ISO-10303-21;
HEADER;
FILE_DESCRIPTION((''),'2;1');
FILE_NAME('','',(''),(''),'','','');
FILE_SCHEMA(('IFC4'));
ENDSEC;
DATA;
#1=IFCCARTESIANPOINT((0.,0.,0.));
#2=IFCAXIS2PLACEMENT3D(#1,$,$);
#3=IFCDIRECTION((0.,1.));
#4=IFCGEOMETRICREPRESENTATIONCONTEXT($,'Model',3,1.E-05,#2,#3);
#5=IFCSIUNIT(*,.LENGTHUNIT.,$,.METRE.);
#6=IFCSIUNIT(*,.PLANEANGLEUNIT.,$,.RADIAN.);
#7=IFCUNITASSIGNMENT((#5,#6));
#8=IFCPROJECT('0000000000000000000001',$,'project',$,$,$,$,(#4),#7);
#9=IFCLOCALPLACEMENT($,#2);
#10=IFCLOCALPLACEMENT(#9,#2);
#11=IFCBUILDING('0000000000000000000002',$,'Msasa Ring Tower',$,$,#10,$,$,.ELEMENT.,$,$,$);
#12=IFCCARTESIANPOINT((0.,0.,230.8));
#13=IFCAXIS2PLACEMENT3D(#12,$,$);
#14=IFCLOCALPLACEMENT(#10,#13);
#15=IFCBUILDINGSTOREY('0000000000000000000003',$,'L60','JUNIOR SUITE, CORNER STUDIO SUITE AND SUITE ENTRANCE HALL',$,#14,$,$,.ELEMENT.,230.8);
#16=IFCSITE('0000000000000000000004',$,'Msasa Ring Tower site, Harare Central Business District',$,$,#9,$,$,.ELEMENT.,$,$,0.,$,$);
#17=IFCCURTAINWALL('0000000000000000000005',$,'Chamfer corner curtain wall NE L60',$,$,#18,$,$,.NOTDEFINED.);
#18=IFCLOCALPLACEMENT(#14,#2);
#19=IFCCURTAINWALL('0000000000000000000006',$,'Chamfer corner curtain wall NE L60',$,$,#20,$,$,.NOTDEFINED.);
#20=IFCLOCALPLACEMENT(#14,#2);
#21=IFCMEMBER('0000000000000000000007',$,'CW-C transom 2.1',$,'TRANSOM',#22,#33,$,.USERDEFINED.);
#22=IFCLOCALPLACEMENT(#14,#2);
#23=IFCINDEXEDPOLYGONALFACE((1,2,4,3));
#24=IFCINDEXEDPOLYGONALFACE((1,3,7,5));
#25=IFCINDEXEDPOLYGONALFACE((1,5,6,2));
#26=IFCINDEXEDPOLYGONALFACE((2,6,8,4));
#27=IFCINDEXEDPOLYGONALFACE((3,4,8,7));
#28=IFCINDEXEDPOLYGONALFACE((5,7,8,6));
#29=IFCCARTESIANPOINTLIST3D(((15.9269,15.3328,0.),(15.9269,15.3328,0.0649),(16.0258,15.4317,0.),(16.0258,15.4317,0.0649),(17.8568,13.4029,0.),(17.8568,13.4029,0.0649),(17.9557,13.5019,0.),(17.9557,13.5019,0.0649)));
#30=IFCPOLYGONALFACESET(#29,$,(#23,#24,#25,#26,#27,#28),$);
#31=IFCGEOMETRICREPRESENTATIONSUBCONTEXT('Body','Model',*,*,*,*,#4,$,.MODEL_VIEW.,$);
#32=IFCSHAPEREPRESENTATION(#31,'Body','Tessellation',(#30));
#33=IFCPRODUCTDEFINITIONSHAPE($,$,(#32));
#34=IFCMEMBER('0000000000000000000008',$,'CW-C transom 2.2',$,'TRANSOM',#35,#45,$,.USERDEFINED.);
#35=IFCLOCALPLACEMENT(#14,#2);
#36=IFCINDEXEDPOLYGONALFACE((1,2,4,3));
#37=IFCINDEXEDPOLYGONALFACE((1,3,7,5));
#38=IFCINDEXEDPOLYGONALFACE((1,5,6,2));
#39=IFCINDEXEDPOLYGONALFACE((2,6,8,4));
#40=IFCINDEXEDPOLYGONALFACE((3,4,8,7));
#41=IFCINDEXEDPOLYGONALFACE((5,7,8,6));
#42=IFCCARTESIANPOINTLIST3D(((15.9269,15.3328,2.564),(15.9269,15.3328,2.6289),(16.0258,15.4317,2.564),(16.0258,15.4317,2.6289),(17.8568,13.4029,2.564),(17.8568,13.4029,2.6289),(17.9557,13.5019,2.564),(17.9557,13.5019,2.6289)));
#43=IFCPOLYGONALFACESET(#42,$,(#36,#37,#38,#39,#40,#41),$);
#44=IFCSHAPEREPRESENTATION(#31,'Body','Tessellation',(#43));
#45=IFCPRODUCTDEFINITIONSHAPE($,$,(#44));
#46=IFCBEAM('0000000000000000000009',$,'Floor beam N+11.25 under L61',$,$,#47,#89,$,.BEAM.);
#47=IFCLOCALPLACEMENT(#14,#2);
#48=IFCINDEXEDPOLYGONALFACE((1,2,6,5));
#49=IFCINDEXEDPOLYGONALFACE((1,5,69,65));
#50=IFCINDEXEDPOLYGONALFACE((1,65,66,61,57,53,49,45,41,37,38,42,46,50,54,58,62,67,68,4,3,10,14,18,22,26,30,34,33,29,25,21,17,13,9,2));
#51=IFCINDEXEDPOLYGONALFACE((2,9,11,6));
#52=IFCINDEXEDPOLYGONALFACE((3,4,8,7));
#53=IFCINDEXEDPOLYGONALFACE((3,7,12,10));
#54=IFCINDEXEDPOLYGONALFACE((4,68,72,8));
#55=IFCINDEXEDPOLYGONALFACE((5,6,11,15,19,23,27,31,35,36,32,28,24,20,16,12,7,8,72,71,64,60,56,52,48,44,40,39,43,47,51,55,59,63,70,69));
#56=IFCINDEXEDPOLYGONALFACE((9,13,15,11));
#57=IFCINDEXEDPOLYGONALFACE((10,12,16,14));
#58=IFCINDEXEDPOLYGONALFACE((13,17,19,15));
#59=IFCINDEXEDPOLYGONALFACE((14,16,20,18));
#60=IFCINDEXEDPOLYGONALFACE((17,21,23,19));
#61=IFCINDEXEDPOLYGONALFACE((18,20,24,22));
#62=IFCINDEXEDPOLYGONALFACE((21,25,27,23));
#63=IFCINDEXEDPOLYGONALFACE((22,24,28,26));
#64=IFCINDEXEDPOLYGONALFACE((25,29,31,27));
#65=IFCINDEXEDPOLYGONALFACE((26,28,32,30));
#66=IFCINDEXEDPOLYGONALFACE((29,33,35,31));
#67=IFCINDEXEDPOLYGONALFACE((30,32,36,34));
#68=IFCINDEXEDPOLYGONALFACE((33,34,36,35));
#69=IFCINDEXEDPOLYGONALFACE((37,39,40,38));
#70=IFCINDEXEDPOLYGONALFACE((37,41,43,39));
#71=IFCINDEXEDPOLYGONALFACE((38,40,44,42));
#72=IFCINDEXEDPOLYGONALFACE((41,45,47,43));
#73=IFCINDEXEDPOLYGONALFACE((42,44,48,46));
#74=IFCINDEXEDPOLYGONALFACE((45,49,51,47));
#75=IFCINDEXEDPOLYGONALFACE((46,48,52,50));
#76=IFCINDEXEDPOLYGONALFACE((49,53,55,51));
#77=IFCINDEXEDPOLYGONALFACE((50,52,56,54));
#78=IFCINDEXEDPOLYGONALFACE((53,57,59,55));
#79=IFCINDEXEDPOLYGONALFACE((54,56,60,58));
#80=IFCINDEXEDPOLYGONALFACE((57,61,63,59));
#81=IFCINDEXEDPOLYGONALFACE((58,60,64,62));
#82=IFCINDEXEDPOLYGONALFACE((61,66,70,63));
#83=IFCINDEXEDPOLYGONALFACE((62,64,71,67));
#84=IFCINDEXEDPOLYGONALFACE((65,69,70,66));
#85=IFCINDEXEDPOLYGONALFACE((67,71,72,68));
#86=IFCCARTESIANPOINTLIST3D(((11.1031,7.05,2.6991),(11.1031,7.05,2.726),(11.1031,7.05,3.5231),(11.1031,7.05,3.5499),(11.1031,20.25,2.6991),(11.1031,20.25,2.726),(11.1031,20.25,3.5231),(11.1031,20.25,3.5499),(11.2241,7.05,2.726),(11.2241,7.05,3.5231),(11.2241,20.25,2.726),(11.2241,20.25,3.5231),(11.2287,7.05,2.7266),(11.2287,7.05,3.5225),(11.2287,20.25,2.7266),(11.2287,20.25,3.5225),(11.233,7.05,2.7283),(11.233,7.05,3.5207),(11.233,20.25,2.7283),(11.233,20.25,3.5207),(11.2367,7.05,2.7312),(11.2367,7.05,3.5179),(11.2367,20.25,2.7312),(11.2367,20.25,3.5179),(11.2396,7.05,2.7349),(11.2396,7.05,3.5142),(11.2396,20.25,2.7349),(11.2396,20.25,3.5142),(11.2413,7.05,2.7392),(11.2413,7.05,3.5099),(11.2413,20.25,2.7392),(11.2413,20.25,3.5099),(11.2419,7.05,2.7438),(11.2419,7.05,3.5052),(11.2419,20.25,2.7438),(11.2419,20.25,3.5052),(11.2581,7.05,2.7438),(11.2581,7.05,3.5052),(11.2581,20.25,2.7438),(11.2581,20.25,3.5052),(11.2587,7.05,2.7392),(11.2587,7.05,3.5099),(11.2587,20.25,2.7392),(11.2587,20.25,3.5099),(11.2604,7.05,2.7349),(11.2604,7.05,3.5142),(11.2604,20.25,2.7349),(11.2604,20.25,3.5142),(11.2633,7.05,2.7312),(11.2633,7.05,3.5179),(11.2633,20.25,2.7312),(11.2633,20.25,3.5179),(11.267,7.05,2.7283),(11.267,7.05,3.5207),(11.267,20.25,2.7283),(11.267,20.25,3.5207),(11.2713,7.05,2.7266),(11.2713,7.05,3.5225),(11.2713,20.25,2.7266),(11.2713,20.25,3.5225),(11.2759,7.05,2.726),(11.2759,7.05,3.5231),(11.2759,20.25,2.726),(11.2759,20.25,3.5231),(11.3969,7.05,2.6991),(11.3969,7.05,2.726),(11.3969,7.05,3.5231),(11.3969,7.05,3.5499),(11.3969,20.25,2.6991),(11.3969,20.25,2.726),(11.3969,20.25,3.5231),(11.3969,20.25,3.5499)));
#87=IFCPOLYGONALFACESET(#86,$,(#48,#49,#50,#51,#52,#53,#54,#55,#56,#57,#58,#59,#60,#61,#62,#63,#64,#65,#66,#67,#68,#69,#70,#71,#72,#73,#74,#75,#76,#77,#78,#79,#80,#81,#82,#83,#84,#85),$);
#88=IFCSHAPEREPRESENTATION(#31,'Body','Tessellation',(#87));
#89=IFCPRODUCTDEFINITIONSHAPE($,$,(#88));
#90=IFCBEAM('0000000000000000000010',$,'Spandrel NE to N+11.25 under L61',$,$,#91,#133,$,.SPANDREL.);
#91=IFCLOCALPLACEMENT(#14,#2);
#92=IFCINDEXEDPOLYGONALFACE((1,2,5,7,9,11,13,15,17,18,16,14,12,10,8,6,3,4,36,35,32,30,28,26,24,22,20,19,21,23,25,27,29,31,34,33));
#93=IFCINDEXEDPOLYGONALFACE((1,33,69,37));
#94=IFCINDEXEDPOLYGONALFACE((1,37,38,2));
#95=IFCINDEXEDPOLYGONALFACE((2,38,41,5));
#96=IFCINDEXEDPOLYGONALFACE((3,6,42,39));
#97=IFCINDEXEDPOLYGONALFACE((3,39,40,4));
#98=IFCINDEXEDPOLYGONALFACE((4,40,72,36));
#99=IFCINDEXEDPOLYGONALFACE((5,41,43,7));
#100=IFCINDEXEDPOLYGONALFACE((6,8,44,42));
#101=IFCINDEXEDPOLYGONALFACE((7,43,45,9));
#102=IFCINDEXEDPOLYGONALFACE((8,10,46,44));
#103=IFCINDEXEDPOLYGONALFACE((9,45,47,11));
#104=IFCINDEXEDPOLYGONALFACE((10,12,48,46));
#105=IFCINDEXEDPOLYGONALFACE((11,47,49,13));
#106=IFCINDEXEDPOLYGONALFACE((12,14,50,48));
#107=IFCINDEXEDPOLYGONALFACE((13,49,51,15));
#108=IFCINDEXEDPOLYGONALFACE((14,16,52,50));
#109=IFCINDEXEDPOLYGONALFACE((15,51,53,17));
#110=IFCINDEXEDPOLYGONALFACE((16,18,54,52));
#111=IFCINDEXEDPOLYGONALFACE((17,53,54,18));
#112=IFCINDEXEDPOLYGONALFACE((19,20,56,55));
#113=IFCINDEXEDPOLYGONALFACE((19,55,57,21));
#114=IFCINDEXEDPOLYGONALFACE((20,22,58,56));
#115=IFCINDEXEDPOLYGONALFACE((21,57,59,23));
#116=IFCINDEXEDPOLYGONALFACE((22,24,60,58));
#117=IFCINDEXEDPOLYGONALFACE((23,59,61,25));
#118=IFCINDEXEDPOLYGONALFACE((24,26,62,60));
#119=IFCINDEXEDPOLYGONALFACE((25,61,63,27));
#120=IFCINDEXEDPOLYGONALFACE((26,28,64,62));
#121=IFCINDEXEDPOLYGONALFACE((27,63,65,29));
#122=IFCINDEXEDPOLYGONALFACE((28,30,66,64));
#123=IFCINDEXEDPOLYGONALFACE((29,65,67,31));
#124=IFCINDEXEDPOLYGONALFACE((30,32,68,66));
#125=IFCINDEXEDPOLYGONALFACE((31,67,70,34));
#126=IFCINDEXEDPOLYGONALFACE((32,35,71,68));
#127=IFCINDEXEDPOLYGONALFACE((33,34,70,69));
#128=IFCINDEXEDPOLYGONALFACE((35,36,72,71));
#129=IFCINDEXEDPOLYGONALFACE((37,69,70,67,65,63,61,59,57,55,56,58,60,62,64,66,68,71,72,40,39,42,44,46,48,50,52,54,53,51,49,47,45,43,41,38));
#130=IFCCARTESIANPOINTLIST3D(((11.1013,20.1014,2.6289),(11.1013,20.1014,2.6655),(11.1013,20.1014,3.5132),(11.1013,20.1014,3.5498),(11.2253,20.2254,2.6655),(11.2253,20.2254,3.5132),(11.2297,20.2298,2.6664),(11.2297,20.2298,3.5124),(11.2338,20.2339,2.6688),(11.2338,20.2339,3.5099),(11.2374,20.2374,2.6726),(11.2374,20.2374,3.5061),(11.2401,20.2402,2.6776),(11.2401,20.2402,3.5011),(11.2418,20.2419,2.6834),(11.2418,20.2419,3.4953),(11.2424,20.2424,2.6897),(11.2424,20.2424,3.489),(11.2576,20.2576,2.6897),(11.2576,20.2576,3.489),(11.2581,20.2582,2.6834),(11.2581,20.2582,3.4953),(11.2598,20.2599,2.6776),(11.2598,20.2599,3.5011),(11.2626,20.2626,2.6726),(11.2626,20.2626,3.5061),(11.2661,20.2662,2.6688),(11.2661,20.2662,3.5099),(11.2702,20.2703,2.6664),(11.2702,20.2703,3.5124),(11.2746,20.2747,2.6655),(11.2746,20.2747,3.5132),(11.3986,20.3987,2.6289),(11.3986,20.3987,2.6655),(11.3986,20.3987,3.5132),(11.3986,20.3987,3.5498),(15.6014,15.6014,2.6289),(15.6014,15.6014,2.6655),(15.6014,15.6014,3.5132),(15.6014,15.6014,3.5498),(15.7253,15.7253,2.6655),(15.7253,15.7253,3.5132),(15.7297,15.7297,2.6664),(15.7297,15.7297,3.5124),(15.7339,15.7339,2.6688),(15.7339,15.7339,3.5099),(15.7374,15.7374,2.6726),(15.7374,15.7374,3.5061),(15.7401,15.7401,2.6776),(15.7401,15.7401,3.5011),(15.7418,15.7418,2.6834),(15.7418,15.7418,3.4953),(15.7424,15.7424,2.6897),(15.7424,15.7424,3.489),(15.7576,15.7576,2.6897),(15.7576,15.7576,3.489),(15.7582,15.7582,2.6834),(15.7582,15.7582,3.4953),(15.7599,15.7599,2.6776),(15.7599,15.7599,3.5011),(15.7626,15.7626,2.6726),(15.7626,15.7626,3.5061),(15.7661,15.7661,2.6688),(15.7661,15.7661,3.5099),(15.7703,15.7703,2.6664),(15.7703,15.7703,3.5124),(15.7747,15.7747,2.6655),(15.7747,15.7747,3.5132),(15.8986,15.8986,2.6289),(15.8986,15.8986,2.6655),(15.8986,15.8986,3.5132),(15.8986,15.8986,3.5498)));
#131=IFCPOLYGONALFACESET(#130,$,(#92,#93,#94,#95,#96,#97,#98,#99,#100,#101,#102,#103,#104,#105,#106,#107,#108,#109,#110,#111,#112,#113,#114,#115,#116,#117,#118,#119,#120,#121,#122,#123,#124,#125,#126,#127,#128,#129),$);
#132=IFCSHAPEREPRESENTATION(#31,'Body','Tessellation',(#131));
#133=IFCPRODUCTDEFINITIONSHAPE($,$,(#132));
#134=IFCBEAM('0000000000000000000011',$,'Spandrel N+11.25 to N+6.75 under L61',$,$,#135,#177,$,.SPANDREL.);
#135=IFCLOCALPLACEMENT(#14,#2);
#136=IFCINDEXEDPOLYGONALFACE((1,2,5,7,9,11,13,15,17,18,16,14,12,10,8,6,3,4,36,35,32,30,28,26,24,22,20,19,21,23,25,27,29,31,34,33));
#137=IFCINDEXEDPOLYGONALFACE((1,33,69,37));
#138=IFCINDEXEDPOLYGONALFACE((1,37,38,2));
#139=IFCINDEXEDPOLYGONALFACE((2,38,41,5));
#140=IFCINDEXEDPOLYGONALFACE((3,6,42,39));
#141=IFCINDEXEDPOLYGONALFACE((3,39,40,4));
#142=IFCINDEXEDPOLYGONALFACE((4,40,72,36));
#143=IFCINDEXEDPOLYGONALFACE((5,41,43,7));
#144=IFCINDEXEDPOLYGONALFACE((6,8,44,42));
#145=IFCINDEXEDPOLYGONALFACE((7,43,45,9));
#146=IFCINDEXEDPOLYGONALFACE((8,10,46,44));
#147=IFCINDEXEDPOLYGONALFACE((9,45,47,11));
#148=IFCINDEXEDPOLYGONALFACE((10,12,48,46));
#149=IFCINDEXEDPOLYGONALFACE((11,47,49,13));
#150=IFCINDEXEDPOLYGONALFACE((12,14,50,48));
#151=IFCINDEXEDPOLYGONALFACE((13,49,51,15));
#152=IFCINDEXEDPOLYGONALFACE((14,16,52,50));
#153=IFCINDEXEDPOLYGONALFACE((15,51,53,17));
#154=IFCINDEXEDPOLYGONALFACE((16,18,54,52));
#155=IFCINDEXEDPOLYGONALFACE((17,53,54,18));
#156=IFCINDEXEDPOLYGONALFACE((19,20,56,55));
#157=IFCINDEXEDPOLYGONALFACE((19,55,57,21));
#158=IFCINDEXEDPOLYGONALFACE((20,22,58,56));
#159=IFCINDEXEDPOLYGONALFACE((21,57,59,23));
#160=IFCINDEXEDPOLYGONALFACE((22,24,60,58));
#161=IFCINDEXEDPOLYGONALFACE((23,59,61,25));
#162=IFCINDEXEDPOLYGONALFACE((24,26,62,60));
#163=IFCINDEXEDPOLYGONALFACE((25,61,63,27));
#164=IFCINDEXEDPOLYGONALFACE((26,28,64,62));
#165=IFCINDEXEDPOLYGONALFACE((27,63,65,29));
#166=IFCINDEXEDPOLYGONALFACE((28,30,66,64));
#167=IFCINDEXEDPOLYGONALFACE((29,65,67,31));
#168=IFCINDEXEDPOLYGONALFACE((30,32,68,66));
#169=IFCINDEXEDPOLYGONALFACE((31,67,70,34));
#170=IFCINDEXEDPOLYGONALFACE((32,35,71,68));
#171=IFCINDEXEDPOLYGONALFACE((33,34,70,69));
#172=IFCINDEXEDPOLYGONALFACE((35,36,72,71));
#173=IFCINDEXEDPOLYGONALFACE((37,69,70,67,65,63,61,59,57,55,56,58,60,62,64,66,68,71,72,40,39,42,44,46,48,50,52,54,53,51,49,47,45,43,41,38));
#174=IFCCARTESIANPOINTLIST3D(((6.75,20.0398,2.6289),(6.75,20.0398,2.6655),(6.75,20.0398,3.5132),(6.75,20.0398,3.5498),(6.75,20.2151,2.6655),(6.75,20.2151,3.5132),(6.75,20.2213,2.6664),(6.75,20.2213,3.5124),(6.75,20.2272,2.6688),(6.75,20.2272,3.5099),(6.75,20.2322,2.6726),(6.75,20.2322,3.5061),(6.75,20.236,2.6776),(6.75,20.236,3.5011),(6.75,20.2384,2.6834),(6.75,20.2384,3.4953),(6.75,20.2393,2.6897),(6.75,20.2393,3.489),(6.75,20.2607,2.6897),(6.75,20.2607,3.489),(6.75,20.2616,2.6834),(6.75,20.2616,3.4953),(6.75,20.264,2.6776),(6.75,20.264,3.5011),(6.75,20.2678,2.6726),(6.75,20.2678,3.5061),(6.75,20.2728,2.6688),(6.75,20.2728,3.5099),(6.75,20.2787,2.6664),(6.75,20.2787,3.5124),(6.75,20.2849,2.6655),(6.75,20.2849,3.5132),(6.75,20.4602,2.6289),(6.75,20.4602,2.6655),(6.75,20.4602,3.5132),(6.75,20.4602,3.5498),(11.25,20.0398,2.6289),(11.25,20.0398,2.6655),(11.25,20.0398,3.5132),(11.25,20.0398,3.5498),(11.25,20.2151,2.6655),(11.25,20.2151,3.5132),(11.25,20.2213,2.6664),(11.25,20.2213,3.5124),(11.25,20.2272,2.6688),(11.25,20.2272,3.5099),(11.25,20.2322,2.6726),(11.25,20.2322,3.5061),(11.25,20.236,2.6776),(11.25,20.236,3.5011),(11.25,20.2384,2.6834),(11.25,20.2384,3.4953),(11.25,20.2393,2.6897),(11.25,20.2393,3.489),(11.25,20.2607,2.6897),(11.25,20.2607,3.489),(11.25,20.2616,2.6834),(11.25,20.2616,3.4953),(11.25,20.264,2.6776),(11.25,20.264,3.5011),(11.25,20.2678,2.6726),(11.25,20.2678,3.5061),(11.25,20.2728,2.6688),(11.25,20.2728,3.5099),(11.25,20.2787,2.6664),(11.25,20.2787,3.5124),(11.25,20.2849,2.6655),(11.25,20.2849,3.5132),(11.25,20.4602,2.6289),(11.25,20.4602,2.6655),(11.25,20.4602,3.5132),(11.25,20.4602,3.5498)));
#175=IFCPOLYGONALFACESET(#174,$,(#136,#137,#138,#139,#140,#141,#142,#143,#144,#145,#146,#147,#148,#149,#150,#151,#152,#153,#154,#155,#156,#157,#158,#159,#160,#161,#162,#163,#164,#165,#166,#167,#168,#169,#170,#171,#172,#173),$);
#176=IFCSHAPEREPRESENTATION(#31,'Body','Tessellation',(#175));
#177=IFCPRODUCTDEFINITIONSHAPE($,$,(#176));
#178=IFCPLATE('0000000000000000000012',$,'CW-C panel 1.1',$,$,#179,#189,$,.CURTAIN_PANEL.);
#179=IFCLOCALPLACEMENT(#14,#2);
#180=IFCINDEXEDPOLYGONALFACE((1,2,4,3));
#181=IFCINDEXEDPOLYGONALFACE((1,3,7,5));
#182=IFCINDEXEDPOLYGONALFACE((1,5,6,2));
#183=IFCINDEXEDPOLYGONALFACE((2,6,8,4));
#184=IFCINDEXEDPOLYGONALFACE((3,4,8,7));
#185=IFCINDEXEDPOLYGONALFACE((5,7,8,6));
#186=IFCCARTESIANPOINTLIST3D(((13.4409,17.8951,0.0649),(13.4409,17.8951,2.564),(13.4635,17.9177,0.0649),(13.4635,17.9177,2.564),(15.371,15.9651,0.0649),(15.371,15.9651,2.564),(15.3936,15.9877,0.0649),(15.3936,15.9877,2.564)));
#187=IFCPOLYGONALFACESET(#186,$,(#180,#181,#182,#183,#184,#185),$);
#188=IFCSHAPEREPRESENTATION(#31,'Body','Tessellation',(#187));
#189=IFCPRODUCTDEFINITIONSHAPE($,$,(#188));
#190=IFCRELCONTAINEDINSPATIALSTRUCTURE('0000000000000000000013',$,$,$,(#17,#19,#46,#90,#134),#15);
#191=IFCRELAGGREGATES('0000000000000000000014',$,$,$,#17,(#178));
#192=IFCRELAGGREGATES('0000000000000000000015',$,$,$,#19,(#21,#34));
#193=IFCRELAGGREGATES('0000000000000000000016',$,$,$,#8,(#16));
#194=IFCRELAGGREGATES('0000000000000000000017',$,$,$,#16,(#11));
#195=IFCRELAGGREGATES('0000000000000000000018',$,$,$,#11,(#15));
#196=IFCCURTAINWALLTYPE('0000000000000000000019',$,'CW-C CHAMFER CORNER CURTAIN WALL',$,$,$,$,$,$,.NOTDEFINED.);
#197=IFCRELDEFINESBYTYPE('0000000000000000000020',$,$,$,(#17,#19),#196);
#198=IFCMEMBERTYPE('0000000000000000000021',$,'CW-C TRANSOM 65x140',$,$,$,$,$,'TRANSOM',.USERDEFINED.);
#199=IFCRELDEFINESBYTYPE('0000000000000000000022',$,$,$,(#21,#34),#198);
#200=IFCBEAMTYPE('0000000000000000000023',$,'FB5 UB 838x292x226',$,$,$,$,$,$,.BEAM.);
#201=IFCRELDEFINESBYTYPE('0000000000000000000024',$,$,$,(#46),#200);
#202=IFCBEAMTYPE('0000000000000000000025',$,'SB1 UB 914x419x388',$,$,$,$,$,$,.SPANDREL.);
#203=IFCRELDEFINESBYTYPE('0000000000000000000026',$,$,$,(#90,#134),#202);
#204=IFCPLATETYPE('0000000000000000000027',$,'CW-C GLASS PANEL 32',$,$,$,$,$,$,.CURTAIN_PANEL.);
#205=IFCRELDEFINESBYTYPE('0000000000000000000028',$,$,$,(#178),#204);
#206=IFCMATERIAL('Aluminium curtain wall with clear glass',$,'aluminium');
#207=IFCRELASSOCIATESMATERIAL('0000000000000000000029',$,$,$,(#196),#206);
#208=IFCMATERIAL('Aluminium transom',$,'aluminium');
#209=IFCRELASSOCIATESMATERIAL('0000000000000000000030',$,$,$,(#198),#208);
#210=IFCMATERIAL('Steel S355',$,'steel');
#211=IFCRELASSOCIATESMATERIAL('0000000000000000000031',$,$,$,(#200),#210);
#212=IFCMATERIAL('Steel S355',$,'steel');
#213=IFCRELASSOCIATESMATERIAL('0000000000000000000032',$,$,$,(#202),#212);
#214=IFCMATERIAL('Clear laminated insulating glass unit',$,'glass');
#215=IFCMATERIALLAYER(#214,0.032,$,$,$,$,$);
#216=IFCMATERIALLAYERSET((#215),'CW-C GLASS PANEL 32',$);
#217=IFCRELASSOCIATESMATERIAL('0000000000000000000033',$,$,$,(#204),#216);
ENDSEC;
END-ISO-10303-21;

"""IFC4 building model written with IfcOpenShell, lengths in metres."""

from ifc_helpers import new_model, si_unit, direction, frame, origin, origin_2d, place, context, subcontext, project, spatial, rectangle, i_section, extrude, material, layer, layer_set, material_profile, profile_set, type_object, element, aggregate, save


model = new_model("IFC4")

# Units and contexts
model_context = context("Model", 3, precision=1e-05, world=origin(), true_north=direction((0.0, 1.0)))
body_context = subcontext(model_context, "Body", "Model", "MODEL_VIEW")
ifc_project = project(units=[si_unit("LENGTHUNIT", "METRE"), si_unit("PLANEANGLEUNIT", "RADIAN")], contexts=[model_context])

# Site, building, storey
site_placement = place(None, origin())
site = spatial("IfcSite", under=ifc_project, at=site_placement, Name="Msasa Ring Tower site, Harare Central Business District", CompositionType="ELEMENT", RefElevation=0.0)
building_placement = place(site_placement, origin())
building = spatial("IfcBuilding", under=site, at=building_placement, Name="Msasa Ring Tower", CompositionType="ELEMENT")
storey_placement = place(building_placement, frame((0.0, 0.0, 230.8)))
storey = spatial("IfcBuildingStorey", under=building, at=storey_placement, Name="L60", Description="JUNIOR SUITE, CORNER STUDIO SUITE AND SUITE ENTRANCE HALL", CompositionType="ELEMENT", Elevation=230.8)

# Curtain walls
ifc_material_1 = material(Name="Aluminium curtain wall with clear glass", Category="aluminium")
curtain_wall_type = type_object("IfcCurtainWallType", Name="CW-C CHAMFER CORNER CURTAIN WALL", PredefinedType="NOTDEFINED", material=ifc_material_1)
curtain_wall_1_placement = place(storey_placement, origin())
curtain_wall_1 = element("IfcCurtainWall", 1, at=curtain_wall_1_placement, inside=storey, type_object=curtain_wall_type, Name="Chamfer corner curtain wall NE L60", PredefinedType="NOTDEFINED")
curtain_wall_2_placement = place(storey_placement, origin())
curtain_wall_2 = element("IfcCurtainWall", 2, at=curtain_wall_2_placement, inside=storey, type_object=curtain_wall_type, Name="Chamfer corner curtain wall NE L60", PredefinedType="NOTDEFINED")

# Members
ifc_material_2 = material(Name="Aluminium transom", Category="aluminium")
ifc_material_profile_1 = material_profile(ifc_material_2, rectangle(XDim=0.1399, YDim=0.0649, at=origin_2d()), Name="AL 65x140")
ifc_profile_set_1 = profile_set([ifc_material_profile_1], Name="Aluminium transom")
member_type_1 = type_object("IfcMemberType", Name="CW-C TRANSOM 65x140", ElementType="TRANSOM", PredefinedType="USERDEFINED", material=ifc_profile_set_1)
member_1_placement = place(storey_placement, frame((17.9062, 13.4524, 0.0325), z_axis=(-0.707107, 0.707107, 0.0), x_axis=(-0.707107, -0.707107, 0.0)))
member_1 = element("IfcMember", 3, at=member_1_placement, type_object=member_type_1, Name="CW-C transom 2.1", ObjectType="TRANSOM", PredefinedType="USERDEFINED", context=body_context, shape_type="SweptSolid", body=[
    extrude(rectangle(XDim=0.1399, YDim=0.0649, at=origin_2d()), origin(), (0.0, 0.0, 1.0), 2.7292),
])
member_2_placement = place(storey_placement, frame((17.9062, 13.4524, 2.5964), z_axis=(-0.707107, 0.707107, 0.0), x_axis=(-0.707107, -0.707107, 0.0)))
member_2 = element("IfcMember", 4, at=member_2_placement, type_object=member_type_1, Name="CW-C transom 2.2", ObjectType="TRANSOM", PredefinedType="USERDEFINED", context=body_context, shape_type="SweptSolid", body=[
    extrude(rectangle(XDim=0.1399, YDim=0.0649, at=origin_2d()), origin(), (0.0, 0.0, 1.0), 2.7292),
])

# Beams
ifc_material_3 = material(Name="Steel S355", Category="steel")
ifc_material_profile_2 = material_profile(ifc_material_3, i_section(OverallWidth=0.2937, OverallDepth=0.8508, WebThickness=0.0161, FlangeThickness=0.0269, FilletRadius=0.0178, at=origin_2d()), Name="UB 838x292x226")
ifc_profile_set_2 = profile_set([ifc_material_profile_2], Name="Steel S355")
beam_type_1 = type_object("IfcBeamType", Name="FB5 UB 838x292x226", PredefinedType="BEAM", material=ifc_profile_set_2)
beam_1_placement = place(storey_placement, frame((11.25, 20.25, 3.1245), z_axis=(0.0, -1.0, 0.0), x_axis=(1.0, 0.0, 0.0)))
element("IfcBeam", 5, at=beam_1_placement, inside=storey, type_object=beam_type_1, Name="Floor beam N+11.25 under L61", PredefinedType="BEAM", context=body_context, shape_type="SweptSolid", body=[
    extrude(i_section(OverallWidth=0.2937, OverallDepth=0.8508, WebThickness=0.0161, FlangeThickness=0.0269, FilletRadius=0.0178, at=origin_2d()), origin(), (0.0, 0.0, 1.0), 13.2),
])
ifc_material_4 = material(Name="Steel S355", Category="steel")
ifc_material_profile_3 = material_profile(ifc_material_4, i_section(OverallWidth=0.4204, OverallDepth=0.9209, WebThickness=0.0215, FlangeThickness=0.0366, FilletRadius=0.0242, at=origin_2d()), Name="UB 914x419x388")
ifc_profile_set_3 = profile_set([ifc_material_profile_3], Name="Steel S355")
beam_type_2 = type_object("IfcBeamType", Name="SB1 UB 914x419x388", PredefinedType="SPANDREL", material=ifc_profile_set_3)
beam_2_placement = place(storey_placement, frame((15.75, 15.75, 3.0894), z_axis=(-0.707107, 0.707107, 0.0), x_axis=(-0.707107, -0.707107, 0.0)))
element("IfcBeam", 6, at=beam_2_placement, inside=storey, type_object=beam_type_2, Name="Spandrel NE to N+11.25 under L61", PredefinedType="SPANDREL", context=body_context, shape_type="SweptSolid", body=[
    extrude(i_section(OverallWidth=0.4204, OverallDepth=0.9209, WebThickness=0.0215, FlangeThickness=0.0366, FilletRadius=0.0242, at=origin_2d()), origin(), (0.0, 0.0, 1.0), 6.364),
])
beam_3_placement = place(storey_placement, frame((11.25, 20.25, 3.0894), z_axis=(-1.0, 0.0, 0.0), x_axis=(0.0, -1.0, 0.0)))
element("IfcBeam", 7, at=beam_3_placement, inside=storey, type_object=beam_type_2, Name="Spandrel N+11.25 to N+6.75 under L61", PredefinedType="SPANDREL", context=body_context, shape_type="SweptSolid", body=[
    extrude(i_section(OverallWidth=0.4204, OverallDepth=0.9209, WebThickness=0.0215, FlangeThickness=0.0366, FilletRadius=0.0242, at=origin_2d()), origin(), (0.0, 0.0, 1.0), 4.5),
])

# Plate
ifc_material_5 = material(Name="Clear laminated insulating glass unit", Category="glass")
ifc_layer_1 = layer(ifc_material_5, 0.032)
ifc_layer_set_1 = layer_set([ifc_layer_1], Name="CW-C GLASS PANEL 32")
plate_type = type_object("IfcPlateType", Name="CW-C GLASS PANEL 32", PredefinedType="CURTAIN_PANEL", material=ifc_layer_set_1)
plate_1_placement = place(storey_placement, frame((14.4172, 16.9414, 0.0649), z_axis=(0.0, 0.0, 1.0), x_axis=(-0.707107, 0.707107, 0.0)))
plate_1 = element("IfcPlate", 8, at=plate_1_placement, type_object=plate_type, Name="CW-C panel 1.1", PredefinedType="CURTAIN_PANEL", context=body_context, shape_type="SweptSolid", body=[
    extrude(rectangle(XDim=2.7295, YDim=0.032, at=origin_2d()), origin(), (0.0, 0.0, 1.0), 2.499),
])
aggregate(curtain_wall_1, [plate_1])
aggregate(curtain_wall_2, [member_1, member_2])

save(model, "model.ifc")
